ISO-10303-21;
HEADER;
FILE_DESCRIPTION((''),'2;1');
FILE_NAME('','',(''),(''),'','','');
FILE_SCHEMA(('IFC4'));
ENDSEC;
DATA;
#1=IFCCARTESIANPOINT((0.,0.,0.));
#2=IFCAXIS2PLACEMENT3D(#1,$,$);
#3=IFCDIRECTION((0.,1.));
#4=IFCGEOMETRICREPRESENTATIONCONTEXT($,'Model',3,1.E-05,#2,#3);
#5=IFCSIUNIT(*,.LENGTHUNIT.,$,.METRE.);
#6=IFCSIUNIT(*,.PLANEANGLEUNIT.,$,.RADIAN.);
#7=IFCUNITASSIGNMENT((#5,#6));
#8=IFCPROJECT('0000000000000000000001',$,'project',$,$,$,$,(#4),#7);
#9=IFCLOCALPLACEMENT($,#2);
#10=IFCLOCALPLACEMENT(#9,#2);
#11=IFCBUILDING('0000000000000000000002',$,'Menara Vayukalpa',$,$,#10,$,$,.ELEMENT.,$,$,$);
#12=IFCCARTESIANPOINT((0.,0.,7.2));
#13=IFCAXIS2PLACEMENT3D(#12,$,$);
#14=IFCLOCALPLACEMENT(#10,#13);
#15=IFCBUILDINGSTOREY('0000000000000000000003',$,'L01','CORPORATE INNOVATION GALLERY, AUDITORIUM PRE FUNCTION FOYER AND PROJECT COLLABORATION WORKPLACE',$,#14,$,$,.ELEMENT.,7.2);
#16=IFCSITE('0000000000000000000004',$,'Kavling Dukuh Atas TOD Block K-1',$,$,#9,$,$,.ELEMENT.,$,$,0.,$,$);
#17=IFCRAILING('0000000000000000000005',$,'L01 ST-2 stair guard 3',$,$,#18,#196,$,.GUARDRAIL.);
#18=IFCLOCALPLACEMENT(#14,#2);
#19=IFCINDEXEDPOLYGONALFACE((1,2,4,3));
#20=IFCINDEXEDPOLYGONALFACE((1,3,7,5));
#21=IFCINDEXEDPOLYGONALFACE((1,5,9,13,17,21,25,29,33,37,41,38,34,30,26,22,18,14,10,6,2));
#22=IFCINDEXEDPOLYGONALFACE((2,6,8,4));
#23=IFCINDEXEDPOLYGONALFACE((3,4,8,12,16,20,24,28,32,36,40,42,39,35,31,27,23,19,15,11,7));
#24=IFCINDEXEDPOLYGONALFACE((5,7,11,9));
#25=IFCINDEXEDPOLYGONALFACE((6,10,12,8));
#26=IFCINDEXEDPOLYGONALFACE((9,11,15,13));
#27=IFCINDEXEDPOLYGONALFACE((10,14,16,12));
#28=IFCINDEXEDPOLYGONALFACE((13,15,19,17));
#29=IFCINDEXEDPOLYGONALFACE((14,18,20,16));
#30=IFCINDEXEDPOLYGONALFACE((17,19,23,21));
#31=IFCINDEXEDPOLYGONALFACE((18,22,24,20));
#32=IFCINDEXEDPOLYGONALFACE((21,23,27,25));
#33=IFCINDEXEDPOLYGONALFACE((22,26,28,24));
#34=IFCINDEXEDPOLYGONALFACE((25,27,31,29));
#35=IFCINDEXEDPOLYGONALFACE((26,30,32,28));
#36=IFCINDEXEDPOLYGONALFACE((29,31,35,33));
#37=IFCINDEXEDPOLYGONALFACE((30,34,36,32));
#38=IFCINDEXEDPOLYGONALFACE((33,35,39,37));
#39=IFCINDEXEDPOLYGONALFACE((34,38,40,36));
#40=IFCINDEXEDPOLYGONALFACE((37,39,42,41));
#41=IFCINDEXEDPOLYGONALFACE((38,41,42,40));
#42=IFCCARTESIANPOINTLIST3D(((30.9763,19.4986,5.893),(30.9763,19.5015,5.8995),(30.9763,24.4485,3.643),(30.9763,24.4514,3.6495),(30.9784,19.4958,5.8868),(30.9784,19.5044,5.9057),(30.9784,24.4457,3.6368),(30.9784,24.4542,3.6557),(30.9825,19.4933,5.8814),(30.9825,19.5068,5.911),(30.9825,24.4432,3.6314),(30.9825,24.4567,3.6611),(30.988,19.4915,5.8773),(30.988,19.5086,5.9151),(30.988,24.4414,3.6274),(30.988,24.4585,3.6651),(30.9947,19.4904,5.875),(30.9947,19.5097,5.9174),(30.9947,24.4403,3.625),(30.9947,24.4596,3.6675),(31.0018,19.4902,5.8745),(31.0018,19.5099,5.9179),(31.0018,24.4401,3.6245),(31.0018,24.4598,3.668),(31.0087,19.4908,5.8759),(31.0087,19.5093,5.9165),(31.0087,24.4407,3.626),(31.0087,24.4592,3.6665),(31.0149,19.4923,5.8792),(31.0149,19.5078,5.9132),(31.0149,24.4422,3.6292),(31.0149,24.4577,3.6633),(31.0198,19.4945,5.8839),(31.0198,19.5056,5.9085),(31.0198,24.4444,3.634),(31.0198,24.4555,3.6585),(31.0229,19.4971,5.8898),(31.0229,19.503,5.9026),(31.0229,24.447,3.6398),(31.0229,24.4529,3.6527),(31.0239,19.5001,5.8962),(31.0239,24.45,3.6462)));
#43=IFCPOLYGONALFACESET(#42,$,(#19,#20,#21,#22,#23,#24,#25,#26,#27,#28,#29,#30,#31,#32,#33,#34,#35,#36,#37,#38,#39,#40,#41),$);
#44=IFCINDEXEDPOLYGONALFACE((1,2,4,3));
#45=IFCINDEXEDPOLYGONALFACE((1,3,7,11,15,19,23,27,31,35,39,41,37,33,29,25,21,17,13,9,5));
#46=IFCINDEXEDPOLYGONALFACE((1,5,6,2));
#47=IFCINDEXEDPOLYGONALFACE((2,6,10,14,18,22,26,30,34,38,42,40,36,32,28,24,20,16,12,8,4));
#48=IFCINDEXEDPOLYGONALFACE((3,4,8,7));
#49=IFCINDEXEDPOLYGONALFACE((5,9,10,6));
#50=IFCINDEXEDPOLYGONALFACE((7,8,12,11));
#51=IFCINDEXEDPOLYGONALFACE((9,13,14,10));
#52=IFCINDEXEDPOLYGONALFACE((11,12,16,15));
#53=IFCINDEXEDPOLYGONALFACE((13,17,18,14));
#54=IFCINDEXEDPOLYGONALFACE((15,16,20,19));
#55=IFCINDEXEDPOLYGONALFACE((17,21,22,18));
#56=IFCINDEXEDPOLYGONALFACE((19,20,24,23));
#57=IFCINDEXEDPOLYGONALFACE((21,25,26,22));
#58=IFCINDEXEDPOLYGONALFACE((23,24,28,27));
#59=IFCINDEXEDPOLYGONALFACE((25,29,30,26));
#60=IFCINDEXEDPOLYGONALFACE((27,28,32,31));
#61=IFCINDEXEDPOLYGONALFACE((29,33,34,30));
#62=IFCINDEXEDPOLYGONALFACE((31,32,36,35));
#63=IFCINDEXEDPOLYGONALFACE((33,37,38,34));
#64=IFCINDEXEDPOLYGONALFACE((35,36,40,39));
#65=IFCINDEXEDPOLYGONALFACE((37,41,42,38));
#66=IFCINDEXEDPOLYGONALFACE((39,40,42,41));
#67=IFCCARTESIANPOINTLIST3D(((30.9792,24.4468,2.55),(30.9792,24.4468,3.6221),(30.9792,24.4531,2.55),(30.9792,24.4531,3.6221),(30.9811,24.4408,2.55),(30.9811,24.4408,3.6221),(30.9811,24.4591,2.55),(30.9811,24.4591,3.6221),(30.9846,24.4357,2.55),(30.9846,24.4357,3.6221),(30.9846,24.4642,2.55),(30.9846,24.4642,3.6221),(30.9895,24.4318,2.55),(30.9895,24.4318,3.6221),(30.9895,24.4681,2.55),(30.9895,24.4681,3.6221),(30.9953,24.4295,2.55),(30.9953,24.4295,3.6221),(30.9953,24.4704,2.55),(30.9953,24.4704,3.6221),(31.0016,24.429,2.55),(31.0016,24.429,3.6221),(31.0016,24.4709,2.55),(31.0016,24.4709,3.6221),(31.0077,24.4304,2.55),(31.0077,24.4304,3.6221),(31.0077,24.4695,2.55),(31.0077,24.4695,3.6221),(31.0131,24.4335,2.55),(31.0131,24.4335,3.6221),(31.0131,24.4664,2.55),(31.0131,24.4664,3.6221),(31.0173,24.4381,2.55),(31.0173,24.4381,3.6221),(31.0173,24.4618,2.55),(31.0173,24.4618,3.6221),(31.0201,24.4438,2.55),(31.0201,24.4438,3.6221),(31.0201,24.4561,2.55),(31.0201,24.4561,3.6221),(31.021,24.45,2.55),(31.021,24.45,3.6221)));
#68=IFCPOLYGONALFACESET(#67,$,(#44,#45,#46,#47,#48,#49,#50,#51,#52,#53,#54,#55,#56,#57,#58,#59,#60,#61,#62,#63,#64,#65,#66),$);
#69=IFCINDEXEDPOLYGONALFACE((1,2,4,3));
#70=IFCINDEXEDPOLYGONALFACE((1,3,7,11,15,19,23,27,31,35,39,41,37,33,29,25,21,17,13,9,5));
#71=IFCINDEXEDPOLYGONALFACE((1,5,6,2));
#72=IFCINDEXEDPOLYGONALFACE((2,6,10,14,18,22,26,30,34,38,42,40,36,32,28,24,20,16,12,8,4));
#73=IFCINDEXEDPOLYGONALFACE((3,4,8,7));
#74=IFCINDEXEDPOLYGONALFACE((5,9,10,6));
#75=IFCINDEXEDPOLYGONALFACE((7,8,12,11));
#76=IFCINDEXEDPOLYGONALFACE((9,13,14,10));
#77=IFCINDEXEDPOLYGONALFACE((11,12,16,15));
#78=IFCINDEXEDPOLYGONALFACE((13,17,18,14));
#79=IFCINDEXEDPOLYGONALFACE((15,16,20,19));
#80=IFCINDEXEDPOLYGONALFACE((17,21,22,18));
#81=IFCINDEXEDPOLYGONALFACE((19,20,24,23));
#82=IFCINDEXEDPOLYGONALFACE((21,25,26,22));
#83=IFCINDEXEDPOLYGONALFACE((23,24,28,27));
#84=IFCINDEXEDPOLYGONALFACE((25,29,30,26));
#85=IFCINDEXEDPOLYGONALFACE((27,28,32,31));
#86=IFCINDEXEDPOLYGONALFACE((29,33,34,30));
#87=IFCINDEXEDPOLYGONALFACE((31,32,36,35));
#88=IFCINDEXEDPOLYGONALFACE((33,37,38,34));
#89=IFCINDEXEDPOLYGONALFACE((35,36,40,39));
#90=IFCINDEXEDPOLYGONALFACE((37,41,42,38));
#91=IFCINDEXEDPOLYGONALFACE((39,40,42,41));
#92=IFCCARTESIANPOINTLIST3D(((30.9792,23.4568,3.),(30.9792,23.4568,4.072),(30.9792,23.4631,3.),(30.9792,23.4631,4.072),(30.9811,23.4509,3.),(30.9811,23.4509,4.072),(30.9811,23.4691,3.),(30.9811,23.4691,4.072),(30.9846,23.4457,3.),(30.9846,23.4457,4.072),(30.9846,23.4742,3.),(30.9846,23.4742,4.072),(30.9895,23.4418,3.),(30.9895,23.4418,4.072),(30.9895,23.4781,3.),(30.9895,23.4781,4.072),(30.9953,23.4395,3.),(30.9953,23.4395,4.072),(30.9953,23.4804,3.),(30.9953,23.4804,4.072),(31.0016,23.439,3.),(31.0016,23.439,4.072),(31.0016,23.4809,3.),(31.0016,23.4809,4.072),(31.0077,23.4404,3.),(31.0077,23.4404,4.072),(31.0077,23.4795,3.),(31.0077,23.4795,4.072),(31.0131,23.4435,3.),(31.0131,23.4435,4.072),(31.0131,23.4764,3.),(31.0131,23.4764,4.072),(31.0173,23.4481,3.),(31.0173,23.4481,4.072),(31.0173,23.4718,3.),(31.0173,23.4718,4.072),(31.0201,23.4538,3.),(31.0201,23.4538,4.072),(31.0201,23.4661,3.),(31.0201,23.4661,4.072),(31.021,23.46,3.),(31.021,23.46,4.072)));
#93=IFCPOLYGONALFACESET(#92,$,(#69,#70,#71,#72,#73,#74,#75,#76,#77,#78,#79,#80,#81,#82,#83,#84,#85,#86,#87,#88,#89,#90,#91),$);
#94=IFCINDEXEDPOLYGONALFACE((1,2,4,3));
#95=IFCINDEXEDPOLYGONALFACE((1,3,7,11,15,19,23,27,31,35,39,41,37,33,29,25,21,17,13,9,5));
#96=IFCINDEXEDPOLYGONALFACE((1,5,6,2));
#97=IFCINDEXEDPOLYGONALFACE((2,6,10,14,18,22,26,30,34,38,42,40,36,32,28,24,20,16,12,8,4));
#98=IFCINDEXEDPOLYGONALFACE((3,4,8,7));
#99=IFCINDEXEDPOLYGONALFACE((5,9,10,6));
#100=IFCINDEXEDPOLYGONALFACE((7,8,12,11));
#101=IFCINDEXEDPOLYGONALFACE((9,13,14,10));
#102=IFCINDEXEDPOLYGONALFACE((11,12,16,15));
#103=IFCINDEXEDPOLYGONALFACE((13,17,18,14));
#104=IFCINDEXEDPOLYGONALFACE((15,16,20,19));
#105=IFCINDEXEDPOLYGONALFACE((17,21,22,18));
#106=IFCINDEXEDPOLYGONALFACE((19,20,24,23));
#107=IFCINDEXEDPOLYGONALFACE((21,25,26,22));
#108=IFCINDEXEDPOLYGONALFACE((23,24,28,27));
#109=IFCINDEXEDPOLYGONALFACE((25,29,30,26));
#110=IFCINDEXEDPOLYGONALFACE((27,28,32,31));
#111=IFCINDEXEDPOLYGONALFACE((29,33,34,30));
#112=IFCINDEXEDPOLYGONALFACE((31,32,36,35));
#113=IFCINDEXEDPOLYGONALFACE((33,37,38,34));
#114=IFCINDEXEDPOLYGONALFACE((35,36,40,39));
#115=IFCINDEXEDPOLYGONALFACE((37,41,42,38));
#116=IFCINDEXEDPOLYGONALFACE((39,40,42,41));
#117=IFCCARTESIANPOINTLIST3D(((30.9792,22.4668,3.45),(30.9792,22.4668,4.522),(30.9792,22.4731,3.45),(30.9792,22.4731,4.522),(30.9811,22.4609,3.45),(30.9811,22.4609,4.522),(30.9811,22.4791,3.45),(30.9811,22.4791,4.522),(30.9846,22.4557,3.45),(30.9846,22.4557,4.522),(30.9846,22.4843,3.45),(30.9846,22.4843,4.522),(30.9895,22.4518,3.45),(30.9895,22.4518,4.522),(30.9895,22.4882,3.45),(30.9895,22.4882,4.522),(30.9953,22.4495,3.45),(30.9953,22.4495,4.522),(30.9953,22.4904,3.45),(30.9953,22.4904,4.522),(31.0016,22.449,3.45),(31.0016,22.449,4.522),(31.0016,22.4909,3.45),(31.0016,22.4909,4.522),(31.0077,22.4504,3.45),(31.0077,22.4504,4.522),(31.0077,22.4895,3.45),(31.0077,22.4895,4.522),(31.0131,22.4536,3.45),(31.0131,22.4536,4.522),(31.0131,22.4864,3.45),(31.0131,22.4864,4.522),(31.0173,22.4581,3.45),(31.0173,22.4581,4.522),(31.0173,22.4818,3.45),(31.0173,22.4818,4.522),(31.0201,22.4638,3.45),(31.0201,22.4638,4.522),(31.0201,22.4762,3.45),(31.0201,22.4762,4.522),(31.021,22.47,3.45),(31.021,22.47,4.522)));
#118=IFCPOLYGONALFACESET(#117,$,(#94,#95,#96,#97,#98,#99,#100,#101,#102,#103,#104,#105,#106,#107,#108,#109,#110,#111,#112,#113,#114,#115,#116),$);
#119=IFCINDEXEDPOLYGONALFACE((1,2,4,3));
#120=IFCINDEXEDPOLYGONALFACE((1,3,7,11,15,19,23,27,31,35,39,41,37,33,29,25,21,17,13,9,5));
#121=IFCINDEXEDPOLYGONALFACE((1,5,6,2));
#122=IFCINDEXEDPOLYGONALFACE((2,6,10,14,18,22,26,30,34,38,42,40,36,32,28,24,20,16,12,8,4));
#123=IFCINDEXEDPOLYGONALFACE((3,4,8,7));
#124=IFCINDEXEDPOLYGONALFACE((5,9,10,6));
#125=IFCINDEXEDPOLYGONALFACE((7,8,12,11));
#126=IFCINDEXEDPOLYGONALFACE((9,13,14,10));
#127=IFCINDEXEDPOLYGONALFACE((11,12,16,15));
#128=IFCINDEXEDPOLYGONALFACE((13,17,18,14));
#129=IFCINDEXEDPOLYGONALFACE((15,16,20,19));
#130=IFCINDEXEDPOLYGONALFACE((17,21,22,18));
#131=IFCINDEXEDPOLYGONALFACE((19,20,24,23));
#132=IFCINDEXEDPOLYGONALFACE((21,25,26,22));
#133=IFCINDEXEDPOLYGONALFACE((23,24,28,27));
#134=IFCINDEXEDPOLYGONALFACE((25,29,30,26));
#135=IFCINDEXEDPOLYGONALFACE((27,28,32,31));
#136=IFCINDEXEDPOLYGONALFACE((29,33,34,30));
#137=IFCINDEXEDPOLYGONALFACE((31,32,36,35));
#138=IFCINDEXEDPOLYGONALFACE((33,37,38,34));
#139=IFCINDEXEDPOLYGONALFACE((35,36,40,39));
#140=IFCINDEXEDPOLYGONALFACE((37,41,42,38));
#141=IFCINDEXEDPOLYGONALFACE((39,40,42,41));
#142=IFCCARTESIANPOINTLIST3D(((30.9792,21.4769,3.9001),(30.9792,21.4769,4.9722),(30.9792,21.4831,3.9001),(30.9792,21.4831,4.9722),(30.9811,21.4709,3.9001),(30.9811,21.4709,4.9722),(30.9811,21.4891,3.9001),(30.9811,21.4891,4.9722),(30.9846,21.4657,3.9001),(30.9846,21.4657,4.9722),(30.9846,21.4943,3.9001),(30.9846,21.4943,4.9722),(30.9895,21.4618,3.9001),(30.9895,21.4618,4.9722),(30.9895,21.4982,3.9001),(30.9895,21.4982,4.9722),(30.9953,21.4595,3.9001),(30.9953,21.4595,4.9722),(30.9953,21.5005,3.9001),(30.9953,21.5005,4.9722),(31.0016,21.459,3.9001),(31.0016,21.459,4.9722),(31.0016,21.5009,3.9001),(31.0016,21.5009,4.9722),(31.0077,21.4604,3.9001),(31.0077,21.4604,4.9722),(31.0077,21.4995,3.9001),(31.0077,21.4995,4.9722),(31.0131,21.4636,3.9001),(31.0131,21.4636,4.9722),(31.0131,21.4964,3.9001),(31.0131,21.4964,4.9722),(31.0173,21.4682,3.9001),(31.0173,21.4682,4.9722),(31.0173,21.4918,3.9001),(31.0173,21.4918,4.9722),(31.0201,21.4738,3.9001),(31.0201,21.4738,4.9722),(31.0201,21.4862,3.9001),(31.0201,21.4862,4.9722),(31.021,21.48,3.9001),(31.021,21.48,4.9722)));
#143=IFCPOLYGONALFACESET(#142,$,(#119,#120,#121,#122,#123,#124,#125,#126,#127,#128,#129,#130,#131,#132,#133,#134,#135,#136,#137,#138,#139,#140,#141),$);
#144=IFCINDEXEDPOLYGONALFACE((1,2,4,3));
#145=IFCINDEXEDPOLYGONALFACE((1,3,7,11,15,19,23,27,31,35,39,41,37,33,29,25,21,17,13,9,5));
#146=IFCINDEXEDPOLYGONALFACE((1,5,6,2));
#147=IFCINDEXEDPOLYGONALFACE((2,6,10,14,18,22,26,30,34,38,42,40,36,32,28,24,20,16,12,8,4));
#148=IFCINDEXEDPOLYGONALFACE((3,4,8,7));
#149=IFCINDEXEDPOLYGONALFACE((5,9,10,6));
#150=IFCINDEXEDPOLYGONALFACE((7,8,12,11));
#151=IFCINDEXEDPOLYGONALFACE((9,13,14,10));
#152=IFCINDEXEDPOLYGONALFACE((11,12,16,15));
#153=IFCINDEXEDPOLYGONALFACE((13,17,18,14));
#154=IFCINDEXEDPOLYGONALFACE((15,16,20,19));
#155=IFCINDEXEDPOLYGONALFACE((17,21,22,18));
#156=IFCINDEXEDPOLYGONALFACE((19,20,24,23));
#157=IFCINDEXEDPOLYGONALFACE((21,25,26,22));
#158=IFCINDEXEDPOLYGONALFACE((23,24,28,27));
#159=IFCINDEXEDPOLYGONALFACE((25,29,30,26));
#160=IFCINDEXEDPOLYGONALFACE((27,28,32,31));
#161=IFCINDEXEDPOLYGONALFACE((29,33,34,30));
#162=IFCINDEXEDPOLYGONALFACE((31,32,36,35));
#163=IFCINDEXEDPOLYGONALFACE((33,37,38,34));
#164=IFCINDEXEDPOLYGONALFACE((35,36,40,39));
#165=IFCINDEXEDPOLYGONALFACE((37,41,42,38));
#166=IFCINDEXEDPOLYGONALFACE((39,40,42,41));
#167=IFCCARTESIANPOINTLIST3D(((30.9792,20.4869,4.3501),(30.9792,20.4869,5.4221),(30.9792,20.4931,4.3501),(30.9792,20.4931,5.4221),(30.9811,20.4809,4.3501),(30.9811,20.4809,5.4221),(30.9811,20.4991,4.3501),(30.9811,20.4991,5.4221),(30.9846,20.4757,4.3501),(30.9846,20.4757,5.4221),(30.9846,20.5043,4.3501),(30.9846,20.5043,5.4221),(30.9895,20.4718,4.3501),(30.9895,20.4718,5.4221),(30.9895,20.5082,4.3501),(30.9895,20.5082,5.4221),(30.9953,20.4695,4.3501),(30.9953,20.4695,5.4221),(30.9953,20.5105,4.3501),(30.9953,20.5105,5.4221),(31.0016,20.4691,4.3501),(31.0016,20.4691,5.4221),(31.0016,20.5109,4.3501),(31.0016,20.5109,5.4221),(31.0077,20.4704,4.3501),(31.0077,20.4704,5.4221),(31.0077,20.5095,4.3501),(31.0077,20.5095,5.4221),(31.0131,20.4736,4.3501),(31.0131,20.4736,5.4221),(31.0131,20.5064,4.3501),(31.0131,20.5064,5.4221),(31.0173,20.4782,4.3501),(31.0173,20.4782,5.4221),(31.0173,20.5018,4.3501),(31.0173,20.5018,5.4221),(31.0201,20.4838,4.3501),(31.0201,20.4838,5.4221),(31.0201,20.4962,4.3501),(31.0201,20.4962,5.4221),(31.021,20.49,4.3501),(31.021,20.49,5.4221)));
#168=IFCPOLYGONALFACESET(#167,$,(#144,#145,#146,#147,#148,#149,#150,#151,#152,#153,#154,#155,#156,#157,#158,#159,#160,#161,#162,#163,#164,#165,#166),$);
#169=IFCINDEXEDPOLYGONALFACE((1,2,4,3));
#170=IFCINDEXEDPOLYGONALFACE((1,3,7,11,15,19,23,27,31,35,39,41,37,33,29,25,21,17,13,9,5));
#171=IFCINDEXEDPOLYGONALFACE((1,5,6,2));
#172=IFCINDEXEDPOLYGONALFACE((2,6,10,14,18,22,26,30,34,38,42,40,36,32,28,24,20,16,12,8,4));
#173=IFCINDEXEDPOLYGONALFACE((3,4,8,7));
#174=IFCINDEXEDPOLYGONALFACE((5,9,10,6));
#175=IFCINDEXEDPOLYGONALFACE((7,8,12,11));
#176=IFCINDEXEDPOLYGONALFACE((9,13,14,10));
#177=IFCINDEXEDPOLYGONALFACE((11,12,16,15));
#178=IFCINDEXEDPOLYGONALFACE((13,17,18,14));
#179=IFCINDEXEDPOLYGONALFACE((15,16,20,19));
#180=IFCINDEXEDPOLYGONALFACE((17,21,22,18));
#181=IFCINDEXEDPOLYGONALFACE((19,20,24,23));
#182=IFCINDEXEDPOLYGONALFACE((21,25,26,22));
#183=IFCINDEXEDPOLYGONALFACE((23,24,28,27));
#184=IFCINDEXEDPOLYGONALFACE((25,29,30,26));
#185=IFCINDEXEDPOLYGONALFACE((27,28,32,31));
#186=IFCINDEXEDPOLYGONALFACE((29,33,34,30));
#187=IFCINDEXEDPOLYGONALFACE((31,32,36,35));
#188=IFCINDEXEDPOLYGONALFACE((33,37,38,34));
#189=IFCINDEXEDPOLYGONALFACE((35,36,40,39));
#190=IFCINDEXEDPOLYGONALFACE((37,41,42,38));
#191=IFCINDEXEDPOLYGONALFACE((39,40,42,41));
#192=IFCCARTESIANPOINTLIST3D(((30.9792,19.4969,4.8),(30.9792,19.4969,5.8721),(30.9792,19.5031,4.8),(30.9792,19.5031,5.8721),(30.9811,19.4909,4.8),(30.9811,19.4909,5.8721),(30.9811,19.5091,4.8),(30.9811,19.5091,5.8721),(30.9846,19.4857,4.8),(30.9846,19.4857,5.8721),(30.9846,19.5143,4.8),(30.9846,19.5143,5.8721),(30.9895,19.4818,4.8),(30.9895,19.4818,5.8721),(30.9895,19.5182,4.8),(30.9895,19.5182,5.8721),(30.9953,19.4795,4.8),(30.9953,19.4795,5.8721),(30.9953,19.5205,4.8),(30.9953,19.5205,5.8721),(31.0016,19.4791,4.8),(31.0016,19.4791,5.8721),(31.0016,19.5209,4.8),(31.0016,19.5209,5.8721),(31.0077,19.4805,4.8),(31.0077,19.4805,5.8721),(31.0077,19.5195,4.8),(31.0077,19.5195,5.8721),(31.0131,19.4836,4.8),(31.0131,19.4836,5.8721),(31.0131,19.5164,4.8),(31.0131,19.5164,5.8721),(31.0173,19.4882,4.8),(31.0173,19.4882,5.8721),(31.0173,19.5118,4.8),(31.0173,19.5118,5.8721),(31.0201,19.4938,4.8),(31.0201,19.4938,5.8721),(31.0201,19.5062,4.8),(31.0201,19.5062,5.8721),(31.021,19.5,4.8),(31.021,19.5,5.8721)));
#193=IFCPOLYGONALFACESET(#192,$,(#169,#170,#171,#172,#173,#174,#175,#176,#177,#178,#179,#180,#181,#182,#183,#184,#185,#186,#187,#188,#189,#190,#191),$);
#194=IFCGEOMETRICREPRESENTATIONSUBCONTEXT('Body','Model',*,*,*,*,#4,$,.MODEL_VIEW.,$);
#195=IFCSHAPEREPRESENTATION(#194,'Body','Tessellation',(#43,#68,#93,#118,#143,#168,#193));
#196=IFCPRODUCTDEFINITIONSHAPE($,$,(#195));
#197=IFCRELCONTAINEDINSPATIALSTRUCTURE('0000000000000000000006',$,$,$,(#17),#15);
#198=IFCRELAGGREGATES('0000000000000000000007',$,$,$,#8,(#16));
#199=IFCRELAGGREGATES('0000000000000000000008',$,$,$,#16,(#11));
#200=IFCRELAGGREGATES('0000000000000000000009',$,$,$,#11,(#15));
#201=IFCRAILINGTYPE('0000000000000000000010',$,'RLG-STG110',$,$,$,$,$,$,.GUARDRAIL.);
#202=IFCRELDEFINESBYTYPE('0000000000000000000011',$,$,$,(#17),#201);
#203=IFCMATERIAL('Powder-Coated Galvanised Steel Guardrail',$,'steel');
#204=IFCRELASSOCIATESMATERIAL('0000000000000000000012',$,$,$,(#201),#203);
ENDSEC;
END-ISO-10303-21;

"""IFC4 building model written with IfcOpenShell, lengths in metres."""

from ifc_helpers import new_model, si_unit, direction, frame, origin, origin_2d, place, context, subcontext, project, spatial, circle, extrude, material, type_object, element, save


model = new_model("IFC4")

# Units and contexts
model_context = context("Model", 3, precision=1e-05, world=origin(), true_north=direction((0.0, 1.0)))
body_context = subcontext(model_context, "Body", "Model", "MODEL_VIEW")
ifc_project = project(units=[si_unit("LENGTHUNIT", "METRE"), si_unit("PLANEANGLEUNIT", "RADIAN")], contexts=[model_context])

# Site, building, storey
site_placement = place(None, origin())
site = spatial("IfcSite", under=ifc_project, at=site_placement, Name="Kavling Dukuh Atas TOD Block K-1", CompositionType="ELEMENT", RefElevation=0.0)
building_placement = place(site_placement, origin())
building = spatial("IfcBuilding", under=site, at=building_placement, Name="Menara Vayukalpa", CompositionType="ELEMENT")
storey_placement = place(building_placement, frame((0.0, 0.0, 7.2)))
storey = spatial("IfcBuildingStorey", under=building, at=storey_placement, Name="L01", Description="CORPORATE INNOVATION GALLERY, AUDITORIUM PRE FUNCTION FOYER AND PROJECT COLLABORATION WORKPLACE", CompositionType="ELEMENT", Elevation=7.2)

# Railing
ifc_material_1 = material(Name="Powder-Coated Galvanised Steel Guardrail", Category="steel")
railing_type_1 = type_object("IfcRailingType", Name="RLG-STG110", PredefinedType="GUARDRAIL", material=ifc_material_1)
railing_1_placement = place(storey_placement, frame((31.0, 24.45, 2.55)))
element("IfcRailing", 1, at=railing_1_placement, inside=storey, type_object=railing_type_1, Name="L01 ST-2 stair guard 3", PredefinedType="GUARDRAIL", context=body_context, shape_type="SweptSolid", body=[
    extrude(circle(Radius=0.0239, at=origin_2d()), frame((0.0, 0.0, 1.0962), z_axis=(0.0, -0.910365, 0.413806), x_axis=(1.0, 0.0, 0.0)), (0.0, 0.0, 1.0), 5.4373),
    extrude(circle(Radius=0.021, at=origin_2d()), origin(), (0.0, 0.0, 1.0), 1.072),
    extrude(circle(Radius=0.021, at=origin_2d()), frame((0.0, -0.99, 0.45)), (0.0, 0.0, 1.0), 1.072),
    extrude(circle(Radius=0.021, at=origin_2d()), frame((0.0, -1.98, 0.8999)), (0.0, 0.0, 1.0), 1.072),
    extrude(circle(Radius=0.021, at=origin_2d()), frame((0.0, -2.97, 1.3501)), (0.0, 0.0, 1.0), 1.072),
    extrude(circle(Radius=0.021, at=origin_2d()), frame((0.0, -3.96, 1.8)), (0.0, 0.0, 1.0), 1.072),
    extrude(circle(Radius=0.021, at=origin_2d()), frame((0.0, -4.95, 2.25)), (0.0, 0.0, 1.0), 1.072),
])

save(model, "model.ifc")
